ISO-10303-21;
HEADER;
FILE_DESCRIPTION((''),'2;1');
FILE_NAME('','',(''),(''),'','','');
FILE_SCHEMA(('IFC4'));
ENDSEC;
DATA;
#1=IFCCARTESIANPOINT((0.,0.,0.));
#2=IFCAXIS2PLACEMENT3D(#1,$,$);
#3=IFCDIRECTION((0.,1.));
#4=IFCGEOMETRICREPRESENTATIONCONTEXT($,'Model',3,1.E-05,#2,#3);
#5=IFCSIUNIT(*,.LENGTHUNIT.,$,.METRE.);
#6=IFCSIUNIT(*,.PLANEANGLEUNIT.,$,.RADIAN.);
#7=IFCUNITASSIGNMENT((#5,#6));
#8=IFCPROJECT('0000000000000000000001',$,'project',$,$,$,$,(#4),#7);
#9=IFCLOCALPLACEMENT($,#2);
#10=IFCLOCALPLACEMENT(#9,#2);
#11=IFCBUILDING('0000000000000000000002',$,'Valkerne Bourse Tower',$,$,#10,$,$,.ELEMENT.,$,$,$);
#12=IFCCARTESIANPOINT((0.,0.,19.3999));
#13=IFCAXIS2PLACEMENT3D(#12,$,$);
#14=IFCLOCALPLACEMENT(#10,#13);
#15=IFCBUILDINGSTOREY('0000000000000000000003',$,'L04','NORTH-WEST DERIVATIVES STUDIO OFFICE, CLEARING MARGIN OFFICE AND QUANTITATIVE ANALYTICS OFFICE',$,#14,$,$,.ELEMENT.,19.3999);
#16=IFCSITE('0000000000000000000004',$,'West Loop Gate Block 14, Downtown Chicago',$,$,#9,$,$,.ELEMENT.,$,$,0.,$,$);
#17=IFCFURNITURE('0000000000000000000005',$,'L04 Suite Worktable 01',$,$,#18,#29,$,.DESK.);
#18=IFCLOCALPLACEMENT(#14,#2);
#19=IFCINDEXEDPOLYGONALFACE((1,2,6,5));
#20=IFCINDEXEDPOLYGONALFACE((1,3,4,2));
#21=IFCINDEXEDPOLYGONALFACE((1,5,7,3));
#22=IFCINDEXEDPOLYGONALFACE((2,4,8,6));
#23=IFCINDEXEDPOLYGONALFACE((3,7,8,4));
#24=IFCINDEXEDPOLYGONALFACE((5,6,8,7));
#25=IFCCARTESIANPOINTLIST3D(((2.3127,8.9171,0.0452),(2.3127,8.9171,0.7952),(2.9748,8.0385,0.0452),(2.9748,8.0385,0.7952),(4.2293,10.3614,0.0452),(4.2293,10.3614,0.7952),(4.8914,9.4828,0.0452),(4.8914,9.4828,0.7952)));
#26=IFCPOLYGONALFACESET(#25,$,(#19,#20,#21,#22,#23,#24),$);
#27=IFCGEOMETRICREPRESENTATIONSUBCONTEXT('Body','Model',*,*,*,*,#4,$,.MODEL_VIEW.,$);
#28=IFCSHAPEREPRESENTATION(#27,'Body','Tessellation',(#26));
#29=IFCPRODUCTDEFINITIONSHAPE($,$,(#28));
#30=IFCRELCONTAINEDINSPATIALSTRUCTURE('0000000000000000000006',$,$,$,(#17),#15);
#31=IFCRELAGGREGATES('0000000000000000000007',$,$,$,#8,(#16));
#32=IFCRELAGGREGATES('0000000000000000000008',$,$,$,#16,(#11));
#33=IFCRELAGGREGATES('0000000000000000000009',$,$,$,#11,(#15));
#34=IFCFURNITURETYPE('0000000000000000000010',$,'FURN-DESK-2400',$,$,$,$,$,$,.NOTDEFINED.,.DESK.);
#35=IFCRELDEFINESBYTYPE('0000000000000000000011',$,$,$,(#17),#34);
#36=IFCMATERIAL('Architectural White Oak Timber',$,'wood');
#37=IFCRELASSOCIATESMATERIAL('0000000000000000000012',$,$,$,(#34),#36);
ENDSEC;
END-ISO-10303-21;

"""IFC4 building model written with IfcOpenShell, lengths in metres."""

from ifc_helpers import new_model, si_unit, direction, frame, origin, origin_2d, place, context, subcontext, project, spatial, rectangle, extrude, material, type_object, element, save


model = new_model("IFC4")

# Units and contexts
model_context = context("Model", 3, precision=1e-05, world=origin(), true_north=direction((0.0, 1.0)))
body_context = subcontext(model_context, "Body", "Model", "MODEL_VIEW")
ifc_project = project(units=[si_unit("LENGTHUNIT", "METRE"), si_unit("PLANEANGLEUNIT", "RADIAN")], contexts=[model_context])

# Site, building, storey
site_placement = place(None, origin())
site = spatial("IfcSite", under=ifc_project, at=site_placement, Name="West Loop Gate Block 14, Downtown Chicago", CompositionType="ELEMENT", RefElevation=0.0)
building_placement = place(site_placement, origin())
building = spatial("IfcBuilding", under=site, at=building_placement, Name="Valkerne Bourse Tower", CompositionType="ELEMENT")
storey_placement = place(building_placement, frame((0.0, 0.0, 19.3999)))
storey = spatial("IfcBuildingStorey", under=building, at=storey_placement, Name="L04", Description="NORTH-WEST DERIVATIVES STUDIO OFFICE, CLEARING MARGIN OFFICE AND QUANTITATIVE ANALYTICS OFFICE", CompositionType="ELEMENT", Elevation=19.3999)

# Shared definitions
ifc_material_1 = material(Name="Architectural White Oak Timber", Category="wood")

# Furniture
furniture_type = type_object("IfcFurnitureType", Name="FURN-DESK-2400", AssemblyPlace="NOTDEFINED", PredefinedType="DESK", material=ifc_material_1)
furniture_placement = place(storey_placement, frame((3.6021, 9.2, 0.0452), z_axis=(0.0, 0.0, 1.0), x_axis=(0.798636, 0.601815, 0.0)))
element("IfcFurniture", 1, at=furniture_placement, inside=storey, type_object=furniture_type, Name="L04 Suite Worktable 01", PredefinedType="DESK", context=body_context, shape_type="SweptSolid", body=[
    extrude(rectangle(XDim=2.3999, YDim=1.1001, at=origin_2d()), origin(), (0.0, 0.0, 1.0), 0.75),
])

save(model, "model.ifc")
